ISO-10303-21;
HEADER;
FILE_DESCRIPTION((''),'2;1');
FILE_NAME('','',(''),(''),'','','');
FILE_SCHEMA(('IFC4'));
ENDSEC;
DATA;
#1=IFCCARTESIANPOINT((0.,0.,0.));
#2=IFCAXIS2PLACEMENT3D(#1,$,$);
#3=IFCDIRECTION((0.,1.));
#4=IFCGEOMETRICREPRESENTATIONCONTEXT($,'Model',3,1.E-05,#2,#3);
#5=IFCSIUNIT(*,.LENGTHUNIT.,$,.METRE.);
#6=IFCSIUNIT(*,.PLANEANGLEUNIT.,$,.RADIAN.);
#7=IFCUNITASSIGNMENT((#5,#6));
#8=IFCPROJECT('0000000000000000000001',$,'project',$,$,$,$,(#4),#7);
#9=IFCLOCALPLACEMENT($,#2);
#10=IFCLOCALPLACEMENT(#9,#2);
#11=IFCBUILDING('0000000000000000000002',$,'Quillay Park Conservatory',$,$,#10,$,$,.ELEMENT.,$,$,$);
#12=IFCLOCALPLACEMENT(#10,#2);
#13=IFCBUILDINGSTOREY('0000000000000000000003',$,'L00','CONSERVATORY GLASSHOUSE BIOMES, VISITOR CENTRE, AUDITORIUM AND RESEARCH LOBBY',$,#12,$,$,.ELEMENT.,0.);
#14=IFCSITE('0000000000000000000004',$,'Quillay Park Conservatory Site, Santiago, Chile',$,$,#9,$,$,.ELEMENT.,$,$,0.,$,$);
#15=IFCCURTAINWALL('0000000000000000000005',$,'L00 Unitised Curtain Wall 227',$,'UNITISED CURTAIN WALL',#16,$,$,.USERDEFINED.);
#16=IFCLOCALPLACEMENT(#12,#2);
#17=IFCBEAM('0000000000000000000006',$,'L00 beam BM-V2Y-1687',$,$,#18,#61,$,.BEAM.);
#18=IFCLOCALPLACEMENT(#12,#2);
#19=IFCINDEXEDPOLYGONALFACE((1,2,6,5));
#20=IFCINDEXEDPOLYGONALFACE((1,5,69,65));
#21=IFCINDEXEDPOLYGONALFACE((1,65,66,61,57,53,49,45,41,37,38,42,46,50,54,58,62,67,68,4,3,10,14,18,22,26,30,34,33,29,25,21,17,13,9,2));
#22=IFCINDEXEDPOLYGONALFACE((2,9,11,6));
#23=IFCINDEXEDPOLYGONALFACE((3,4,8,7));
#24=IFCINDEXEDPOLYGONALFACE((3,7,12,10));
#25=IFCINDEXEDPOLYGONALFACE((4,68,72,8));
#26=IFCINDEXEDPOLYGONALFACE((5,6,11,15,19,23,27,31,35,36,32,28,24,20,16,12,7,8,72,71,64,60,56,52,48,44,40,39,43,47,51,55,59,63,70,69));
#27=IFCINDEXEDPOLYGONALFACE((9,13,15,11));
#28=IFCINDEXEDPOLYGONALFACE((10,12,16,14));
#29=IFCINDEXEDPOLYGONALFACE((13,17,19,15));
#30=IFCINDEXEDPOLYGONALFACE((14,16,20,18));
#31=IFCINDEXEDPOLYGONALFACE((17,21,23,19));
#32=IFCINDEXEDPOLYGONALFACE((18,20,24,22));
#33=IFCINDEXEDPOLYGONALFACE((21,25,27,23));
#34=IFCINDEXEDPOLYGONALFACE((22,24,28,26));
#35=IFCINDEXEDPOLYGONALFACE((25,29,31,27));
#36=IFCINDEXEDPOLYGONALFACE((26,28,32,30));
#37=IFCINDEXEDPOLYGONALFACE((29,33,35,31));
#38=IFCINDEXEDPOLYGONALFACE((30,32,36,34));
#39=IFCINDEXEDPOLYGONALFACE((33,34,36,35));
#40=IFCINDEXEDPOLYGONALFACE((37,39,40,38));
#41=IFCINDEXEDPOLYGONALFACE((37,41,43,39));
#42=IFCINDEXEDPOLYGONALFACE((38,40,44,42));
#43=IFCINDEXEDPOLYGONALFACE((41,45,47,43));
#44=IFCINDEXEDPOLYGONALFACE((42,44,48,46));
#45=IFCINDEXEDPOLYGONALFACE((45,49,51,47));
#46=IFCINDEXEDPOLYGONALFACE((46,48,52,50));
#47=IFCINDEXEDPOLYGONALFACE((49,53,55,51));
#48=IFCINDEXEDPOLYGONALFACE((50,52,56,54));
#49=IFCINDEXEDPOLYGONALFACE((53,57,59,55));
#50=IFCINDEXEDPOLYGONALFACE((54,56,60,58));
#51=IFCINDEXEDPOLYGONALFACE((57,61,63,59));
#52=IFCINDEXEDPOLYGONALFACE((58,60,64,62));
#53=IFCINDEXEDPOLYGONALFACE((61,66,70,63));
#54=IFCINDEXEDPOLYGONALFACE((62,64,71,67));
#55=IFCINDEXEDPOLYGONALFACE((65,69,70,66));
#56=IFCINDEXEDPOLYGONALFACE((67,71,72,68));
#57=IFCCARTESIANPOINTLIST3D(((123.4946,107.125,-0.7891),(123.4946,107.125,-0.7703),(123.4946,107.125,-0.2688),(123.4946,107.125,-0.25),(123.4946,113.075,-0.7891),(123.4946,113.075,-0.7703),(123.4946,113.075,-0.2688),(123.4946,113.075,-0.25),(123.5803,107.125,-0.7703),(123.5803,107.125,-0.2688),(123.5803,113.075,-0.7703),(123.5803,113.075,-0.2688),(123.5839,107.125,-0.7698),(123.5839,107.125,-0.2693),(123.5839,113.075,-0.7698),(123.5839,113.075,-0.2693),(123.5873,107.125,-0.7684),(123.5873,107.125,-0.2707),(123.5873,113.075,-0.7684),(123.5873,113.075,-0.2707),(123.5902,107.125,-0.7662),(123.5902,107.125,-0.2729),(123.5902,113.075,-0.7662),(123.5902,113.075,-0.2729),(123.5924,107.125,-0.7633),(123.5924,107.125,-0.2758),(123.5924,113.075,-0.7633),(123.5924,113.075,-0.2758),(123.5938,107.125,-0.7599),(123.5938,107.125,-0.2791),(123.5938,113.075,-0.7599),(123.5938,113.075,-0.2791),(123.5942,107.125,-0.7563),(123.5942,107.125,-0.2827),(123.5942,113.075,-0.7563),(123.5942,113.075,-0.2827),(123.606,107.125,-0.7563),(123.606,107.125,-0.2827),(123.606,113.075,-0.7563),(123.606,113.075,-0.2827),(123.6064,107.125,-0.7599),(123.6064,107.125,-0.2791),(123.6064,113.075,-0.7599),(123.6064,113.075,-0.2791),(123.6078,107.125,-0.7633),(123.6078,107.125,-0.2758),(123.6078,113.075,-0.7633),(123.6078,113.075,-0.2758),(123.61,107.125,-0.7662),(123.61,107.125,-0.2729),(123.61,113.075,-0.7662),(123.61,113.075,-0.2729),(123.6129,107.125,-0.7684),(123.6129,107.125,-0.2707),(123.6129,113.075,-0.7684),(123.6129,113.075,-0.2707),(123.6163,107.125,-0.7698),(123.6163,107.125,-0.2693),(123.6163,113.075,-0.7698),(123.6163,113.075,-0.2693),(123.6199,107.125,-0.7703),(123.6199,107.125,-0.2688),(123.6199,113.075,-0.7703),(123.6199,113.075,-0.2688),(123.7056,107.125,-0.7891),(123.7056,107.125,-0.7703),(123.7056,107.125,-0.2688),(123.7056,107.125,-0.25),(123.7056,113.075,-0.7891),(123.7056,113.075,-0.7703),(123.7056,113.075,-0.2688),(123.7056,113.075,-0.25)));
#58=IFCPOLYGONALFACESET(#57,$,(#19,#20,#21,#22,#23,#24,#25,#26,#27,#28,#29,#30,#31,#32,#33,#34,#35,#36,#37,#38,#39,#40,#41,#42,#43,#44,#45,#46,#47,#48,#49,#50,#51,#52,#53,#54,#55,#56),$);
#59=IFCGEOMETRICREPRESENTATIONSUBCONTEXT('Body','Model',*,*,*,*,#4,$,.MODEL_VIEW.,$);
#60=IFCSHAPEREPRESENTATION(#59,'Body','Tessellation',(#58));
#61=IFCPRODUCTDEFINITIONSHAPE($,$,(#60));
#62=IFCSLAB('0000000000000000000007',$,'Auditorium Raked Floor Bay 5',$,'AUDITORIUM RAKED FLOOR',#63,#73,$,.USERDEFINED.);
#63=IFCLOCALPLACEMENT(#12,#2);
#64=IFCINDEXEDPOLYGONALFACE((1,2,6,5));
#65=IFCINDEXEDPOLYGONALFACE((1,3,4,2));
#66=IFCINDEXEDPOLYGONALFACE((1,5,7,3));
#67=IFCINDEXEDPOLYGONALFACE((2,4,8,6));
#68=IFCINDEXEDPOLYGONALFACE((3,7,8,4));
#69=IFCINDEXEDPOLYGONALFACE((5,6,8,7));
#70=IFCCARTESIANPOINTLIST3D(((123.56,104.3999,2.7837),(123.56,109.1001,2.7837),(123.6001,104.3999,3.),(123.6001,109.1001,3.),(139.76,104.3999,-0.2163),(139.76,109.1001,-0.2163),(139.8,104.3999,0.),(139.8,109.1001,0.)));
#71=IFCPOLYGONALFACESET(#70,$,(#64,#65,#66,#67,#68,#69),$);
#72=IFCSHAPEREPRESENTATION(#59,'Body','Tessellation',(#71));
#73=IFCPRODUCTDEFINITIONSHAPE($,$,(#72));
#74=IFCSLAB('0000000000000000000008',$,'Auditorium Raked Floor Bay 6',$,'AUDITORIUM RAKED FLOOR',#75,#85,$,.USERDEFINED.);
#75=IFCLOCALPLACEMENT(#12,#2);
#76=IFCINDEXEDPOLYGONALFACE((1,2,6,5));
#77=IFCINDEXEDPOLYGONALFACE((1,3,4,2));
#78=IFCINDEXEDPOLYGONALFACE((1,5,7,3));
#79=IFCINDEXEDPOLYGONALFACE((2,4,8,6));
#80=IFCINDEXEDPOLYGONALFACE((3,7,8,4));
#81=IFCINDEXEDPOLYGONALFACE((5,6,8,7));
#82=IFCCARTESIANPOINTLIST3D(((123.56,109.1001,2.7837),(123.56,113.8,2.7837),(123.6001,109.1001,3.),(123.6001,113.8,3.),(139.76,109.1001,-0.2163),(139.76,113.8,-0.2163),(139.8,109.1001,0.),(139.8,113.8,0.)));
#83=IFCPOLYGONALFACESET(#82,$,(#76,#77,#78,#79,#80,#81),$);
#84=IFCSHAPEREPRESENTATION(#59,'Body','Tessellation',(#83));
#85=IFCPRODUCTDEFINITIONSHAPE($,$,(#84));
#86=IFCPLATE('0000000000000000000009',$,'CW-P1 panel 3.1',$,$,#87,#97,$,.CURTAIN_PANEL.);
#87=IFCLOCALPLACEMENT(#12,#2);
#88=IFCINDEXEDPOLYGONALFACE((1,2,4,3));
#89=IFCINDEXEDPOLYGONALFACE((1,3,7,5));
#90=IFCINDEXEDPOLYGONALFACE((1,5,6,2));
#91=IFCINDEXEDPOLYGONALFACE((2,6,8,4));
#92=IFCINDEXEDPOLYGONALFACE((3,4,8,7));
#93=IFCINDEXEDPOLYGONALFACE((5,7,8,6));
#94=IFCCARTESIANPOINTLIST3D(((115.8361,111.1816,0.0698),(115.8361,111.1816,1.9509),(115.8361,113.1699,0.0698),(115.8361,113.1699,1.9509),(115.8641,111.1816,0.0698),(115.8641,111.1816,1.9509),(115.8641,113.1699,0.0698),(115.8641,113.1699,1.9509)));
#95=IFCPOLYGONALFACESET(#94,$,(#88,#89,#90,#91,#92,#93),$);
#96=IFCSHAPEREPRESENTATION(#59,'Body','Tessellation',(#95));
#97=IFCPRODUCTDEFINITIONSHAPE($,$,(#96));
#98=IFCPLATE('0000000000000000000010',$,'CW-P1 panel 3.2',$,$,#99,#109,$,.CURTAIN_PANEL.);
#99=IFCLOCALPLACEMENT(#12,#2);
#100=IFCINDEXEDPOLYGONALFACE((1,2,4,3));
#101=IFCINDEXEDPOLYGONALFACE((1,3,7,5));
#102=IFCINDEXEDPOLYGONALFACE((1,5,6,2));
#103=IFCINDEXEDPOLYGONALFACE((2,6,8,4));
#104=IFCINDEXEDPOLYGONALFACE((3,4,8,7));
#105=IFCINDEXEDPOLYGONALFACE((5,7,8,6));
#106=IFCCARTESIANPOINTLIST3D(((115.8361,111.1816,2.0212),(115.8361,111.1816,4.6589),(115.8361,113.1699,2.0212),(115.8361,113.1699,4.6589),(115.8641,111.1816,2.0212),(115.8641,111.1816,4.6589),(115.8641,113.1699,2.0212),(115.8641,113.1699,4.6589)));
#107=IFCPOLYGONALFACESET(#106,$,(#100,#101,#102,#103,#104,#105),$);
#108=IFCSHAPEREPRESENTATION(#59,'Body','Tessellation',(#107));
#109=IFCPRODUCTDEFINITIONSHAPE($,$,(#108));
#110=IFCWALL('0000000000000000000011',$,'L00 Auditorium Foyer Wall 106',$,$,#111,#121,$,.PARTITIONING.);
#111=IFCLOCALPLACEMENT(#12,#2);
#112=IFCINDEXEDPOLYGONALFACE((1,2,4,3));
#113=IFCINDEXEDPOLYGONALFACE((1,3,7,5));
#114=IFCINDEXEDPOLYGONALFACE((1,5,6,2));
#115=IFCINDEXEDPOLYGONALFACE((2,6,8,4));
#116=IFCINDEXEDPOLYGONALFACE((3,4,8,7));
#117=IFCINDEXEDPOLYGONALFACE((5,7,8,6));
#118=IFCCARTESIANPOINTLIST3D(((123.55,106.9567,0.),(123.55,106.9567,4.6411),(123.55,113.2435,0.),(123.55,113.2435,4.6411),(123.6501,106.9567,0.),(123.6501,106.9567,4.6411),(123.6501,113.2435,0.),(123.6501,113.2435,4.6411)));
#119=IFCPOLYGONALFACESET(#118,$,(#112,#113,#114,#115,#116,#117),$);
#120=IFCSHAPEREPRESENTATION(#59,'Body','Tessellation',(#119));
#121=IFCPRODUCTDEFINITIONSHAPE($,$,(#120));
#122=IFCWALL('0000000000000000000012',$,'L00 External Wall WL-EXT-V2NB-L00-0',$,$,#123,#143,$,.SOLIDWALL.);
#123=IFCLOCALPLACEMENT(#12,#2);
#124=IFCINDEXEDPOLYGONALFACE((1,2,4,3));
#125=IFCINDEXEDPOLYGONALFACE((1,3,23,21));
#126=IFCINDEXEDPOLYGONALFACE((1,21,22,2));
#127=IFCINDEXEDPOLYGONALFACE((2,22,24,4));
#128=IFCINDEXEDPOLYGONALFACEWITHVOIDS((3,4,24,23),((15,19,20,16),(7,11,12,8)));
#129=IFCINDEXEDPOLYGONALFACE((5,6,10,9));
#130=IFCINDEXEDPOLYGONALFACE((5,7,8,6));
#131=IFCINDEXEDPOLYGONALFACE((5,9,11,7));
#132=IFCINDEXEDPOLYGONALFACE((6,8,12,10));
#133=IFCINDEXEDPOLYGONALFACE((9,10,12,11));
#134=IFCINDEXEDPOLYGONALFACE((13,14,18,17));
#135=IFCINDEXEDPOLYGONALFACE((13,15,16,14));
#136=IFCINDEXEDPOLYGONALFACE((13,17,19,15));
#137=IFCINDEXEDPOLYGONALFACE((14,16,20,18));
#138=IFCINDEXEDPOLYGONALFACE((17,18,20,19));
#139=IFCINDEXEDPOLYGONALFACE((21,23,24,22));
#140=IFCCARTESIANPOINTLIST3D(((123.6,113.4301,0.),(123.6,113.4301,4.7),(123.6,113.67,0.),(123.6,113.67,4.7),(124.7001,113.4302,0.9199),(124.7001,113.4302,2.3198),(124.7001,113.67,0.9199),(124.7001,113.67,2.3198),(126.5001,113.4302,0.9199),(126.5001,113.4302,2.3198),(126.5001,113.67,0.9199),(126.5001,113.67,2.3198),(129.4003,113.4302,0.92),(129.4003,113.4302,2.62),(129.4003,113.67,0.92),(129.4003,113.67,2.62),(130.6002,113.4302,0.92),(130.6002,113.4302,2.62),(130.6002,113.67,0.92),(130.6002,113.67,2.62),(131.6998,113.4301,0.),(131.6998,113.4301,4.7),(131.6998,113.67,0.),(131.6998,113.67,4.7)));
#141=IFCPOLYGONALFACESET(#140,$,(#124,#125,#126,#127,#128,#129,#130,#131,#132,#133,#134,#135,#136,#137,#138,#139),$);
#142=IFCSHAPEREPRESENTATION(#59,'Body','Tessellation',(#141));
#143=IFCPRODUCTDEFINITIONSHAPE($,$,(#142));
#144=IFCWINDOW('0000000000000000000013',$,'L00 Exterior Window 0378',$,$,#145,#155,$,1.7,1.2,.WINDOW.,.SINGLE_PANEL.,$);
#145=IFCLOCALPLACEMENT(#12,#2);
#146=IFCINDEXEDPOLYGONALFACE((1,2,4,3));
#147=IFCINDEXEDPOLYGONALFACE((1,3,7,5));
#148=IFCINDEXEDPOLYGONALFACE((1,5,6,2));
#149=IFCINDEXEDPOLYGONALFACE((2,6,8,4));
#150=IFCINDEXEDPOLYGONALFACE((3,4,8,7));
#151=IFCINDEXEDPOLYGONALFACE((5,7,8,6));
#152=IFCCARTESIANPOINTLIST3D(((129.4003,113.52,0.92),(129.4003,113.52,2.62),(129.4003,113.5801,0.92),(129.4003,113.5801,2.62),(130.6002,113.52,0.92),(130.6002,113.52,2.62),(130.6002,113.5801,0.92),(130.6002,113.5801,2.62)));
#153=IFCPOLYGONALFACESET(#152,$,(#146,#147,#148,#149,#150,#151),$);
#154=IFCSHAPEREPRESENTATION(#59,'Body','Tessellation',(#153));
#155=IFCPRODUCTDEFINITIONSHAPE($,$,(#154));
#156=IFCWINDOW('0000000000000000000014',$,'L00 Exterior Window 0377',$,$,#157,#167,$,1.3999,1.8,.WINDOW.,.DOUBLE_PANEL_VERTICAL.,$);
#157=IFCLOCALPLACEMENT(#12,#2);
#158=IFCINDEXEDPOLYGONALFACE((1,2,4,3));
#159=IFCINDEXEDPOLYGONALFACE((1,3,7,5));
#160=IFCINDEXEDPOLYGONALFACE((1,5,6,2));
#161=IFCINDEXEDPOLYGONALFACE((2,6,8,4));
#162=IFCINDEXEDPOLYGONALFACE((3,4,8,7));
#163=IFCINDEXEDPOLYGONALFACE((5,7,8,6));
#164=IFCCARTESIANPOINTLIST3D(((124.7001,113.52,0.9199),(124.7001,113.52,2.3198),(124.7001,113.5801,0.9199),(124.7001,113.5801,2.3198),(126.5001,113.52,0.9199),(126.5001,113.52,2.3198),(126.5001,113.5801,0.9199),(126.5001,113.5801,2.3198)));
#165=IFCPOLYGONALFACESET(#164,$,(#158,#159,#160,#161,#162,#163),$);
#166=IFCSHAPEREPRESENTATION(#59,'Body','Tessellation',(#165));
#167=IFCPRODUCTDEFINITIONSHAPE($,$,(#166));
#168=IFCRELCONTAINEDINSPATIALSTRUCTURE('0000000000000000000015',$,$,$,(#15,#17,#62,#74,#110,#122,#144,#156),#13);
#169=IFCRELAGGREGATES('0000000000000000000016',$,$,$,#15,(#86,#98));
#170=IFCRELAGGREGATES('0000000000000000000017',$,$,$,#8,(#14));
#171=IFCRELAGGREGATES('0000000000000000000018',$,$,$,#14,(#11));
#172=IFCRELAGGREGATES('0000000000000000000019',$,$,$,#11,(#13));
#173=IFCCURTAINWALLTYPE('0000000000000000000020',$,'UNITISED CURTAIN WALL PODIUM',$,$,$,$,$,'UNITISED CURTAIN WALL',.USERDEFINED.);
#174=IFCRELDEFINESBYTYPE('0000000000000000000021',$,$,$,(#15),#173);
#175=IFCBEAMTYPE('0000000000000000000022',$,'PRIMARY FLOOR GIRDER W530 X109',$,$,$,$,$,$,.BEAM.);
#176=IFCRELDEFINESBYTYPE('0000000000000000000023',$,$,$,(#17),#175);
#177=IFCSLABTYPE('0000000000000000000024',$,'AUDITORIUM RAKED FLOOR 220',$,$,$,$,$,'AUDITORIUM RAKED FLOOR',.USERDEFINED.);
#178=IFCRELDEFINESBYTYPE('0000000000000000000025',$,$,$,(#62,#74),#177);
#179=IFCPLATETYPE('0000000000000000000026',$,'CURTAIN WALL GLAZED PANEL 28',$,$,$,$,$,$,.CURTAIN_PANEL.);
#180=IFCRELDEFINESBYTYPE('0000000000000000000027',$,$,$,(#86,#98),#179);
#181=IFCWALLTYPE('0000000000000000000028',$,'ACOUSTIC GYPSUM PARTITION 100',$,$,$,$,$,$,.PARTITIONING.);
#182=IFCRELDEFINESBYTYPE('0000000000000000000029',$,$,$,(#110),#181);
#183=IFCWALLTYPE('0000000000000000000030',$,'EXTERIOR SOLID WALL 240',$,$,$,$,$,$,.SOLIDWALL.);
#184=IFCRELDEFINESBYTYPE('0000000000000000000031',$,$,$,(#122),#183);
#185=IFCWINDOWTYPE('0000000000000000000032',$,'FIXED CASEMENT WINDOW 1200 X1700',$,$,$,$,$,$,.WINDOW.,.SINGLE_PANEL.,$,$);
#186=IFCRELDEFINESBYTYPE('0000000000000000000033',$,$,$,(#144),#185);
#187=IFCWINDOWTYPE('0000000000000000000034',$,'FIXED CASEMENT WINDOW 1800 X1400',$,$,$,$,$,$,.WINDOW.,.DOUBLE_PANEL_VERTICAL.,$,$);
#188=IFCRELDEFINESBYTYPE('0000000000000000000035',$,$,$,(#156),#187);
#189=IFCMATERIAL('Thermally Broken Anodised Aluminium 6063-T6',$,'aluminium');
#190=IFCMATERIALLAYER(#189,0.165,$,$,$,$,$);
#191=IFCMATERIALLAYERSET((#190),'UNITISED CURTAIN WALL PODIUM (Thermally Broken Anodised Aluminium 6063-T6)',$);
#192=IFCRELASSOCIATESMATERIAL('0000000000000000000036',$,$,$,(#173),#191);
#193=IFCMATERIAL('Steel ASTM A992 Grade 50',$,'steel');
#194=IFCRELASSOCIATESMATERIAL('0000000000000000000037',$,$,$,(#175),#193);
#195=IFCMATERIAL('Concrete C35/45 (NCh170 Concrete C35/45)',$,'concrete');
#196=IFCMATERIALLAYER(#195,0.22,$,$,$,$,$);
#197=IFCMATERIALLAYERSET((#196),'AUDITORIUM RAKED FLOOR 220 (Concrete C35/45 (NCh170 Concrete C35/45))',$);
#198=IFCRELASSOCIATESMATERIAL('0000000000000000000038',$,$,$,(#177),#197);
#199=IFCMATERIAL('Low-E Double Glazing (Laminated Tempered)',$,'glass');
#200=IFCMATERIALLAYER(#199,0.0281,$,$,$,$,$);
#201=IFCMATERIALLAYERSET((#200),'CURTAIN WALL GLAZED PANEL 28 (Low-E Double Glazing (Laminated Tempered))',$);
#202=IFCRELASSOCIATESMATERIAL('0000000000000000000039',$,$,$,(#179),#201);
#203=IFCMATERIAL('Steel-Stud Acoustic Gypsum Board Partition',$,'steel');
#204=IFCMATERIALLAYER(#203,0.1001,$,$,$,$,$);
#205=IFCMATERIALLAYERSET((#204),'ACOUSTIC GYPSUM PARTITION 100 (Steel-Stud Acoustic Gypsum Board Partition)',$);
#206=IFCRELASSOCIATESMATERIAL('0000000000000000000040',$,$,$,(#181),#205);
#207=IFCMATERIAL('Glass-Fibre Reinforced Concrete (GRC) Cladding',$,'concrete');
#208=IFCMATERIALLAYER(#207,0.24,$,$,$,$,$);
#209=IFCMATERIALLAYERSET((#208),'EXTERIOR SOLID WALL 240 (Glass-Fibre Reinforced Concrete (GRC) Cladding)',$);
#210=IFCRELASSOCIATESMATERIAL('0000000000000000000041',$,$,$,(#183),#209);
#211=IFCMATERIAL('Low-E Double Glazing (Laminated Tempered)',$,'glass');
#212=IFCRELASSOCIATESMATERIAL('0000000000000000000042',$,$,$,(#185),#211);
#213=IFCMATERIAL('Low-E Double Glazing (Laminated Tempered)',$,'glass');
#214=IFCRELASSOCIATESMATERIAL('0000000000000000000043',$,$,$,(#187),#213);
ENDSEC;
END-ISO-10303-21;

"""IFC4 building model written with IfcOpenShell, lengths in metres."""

from ifc_helpers import new_model, si_unit, direction, frame, frame_2d, origin, origin_2d, place, context, subcontext, project, spatial, polyline, rectangle, i_section, outline, extrude, material, layer, layer_set, material_profile, profile_set, type_object, element, fill, aggregate, save


model = new_model("IFC4")

# Units and contexts
model_context = context("Model", 3, precision=1e-05, world=origin(), true_north=direction((0.0, 1.0)))
body_context = subcontext(model_context, "Body", "Model", "MODEL_VIEW")
ifc_project = project(units=[si_unit("LENGTHUNIT", "METRE"), si_unit("PLANEANGLEUNIT", "RADIAN")], contexts=[model_context])

# Site, building, storey
site_placement = place(None, origin())
site = spatial("IfcSite", under=ifc_project, at=site_placement, Name="Quillay Park Conservatory Site, Santiago, Chile", CompositionType="ELEMENT", RefElevation=0.0)
building_placement = place(site_placement, origin())
building = spatial("IfcBuilding", under=site, at=building_placement, Name="Quillay Park Conservatory", CompositionType="ELEMENT")
storey_placement = place(building_placement, origin())
storey = spatial("IfcBuildingStorey", under=building, at=storey_placement, Name="L00", Description="CONSERVATORY GLASSHOUSE BIOMES, VISITOR CENTRE, AUDITORIUM AND RESEARCH LOBBY", CompositionType="ELEMENT", Elevation=0.0)

# Curtain wall
ifc_material_1 = material(Name="Thermally Broken Anodised Aluminium 6063-T6", Category="aluminium")
ifc_layer_1 = layer(ifc_material_1, 0.165)
ifc_layer_set_1 = layer_set([ifc_layer_1], Name="UNITISED CURTAIN WALL PODIUM (Thermally Broken Anodised Aluminium 6063-T6)")
curtain_wall_type = type_object("IfcCurtainWallType", Name="UNITISED CURTAIN WALL PODIUM", ElementType="UNITISED CURTAIN WALL", PredefinedType="USERDEFINED", material=ifc_layer_set_1)
curtain_wall_placement = place(storey_placement, origin())
curtain_wall = element("IfcCurtainWall", 1, at=curtain_wall_placement, inside=storey, type_object=curtain_wall_type, Name="L00 Unitised Curtain Wall 227", ObjectType="UNITISED CURTAIN WALL", PredefinedType="USERDEFINED")

# Beam
ifc_material_2 = material(Name="Steel ASTM A992 Grade 50", Category="steel")
ifc_material_profile_1 = material_profile(ifc_material_2, i_section(OverallWidth=0.2109, OverallDepth=0.5391, WebThickness=0.0117, FlangeThickness=0.0188, FilletRadius=0.0139, at=origin_2d()), Name="W530x109")
ifc_profile_set_1 = profile_set([ifc_material_profile_1], Name="Steel ASTM A992 Grade 50")
beam_type_1 = type_object("IfcBeamType", Name="PRIMARY FLOOR GIRDER W530 X109", PredefinedType="BEAM", material=ifc_profile_set_1)
beam_1_placement = place(storey_placement, frame((123.6001, 107.125, -0.5195), z_axis=(0.0, 1.0, 0.0), x_axis=(-1.0, 0.0, 0.0)))
element("IfcBeam", 2, at=beam_1_placement, inside=storey, type_object=beam_type_1, Name="L00 beam BM-V2Y-1687", PredefinedType="BEAM", context=body_context, shape_type="SweptSolid", body=[
    extrude(i_section(OverallWidth=0.2109, OverallDepth=0.5391, WebThickness=0.0117, FlangeThickness=0.0188, FilletRadius=0.0139, at=origin_2d()), origin(), (0.0, 0.0, 1.0), 5.95),
])

# Slabs
ifc_material_3 = material(Name="Concrete C35/45 (NCh170 Concrete C35/45)", Category="concrete")
ifc_layer_2 = layer(ifc_material_3, 0.22)
ifc_layer_set_2 = layer_set([ifc_layer_2], Name="AUDITORIUM RAKED FLOOR 220 (Concrete C35/45 (NCh170 Concrete C35/45))")
slab_type = type_object("IfcSlabType", Name="AUDITORIUM RAKED FLOOR 220", ElementType="AUDITORIUM RAKED FLOOR", PredefinedType="USERDEFINED", material=ifc_layer_set_2)
slab_1_placement = place(storey_placement, frame((123.6001, 104.3999, 3.0), z_axis=(0.18209, 0.0, 0.983282), x_axis=(0.983282, 0.0, -0.18209)))
element("IfcSlab", 3, at=slab_1_placement, inside=storey, type_object=slab_type, Name="Auditorium Raked Floor Bay 5", ObjectType="AUDITORIUM RAKED FLOOR", PredefinedType="USERDEFINED", context=body_context, shape_type="SweptSolid", body=[
    extrude(outline(polyline([(0.0, 0.0), (16.4754, 0.0), (16.4754, 4.7002), (0.0, 4.7002), (0.0, 0.0)])), origin(), (0.0, 0.0, -1.0), 0.22),
])
slab_2_placement = place(storey_placement, frame((123.6001, 109.1001, 3.0), z_axis=(0.18209, 0.0, 0.983282), x_axis=(0.983282, 0.0, -0.18209)))
element("IfcSlab", 4, at=slab_2_placement, inside=storey, type_object=slab_type, Name="Auditorium Raked Floor Bay 6", ObjectType="AUDITORIUM RAKED FLOOR", PredefinedType="USERDEFINED", context=body_context, shape_type="SweptSolid", body=[
    extrude(outline(polyline([(0.0, 0.0), (16.4754, 0.0), (16.4754, 4.7), (0.0, 4.7), (0.0, 0.0)])), origin(), (0.0, 0.0, -1.0), 0.22),
])

# Plates
ifc_material_4 = material(Name="Low-E Double Glazing (Laminated Tempered)", Category="glass")
ifc_layer_3 = layer(ifc_material_4, 0.0281)
ifc_layer_set_3 = layer_set([ifc_layer_3], Name="CURTAIN WALL GLAZED PANEL 28 (Low-E Double Glazing (Laminated Tempered))")
plate_type = type_object("IfcPlateType", Name="CURTAIN WALL GLAZED PANEL 28", PredefinedType="CURTAIN_PANEL", material=ifc_layer_set_3)
plate_1_placement = place(storey_placement, frame((115.8501, 112.1758, 0.0698), z_axis=(0.0, 0.0, 1.0), x_axis=(0.0, 1.0, 0.0)))
plate_1 = element("IfcPlate", 5, at=plate_1_placement, type_object=plate_type, Name="CW-P1 panel 3.1", PredefinedType="CURTAIN_PANEL", context=body_context, shape_type="SweptSolid", body=[
    extrude(rectangle(XDim=1.9883, YDim=0.0281, at=origin_2d()), origin(), (0.0, 0.0, 1.0), 1.8811),
])
plate_2_placement = place(storey_placement, frame((115.8501, 112.1758, 2.0212), z_axis=(0.0, 0.0, 1.0), x_axis=(0.0, 1.0, 0.0)))
plate_2 = element("IfcPlate", 6, at=plate_2_placement, type_object=plate_type, Name="CW-P1 panel 3.2", PredefinedType="CURTAIN_PANEL", context=body_context, shape_type="SweptSolid", body=[
    extrude(rectangle(XDim=1.9883, YDim=0.0281, at=origin_2d()), origin(), (0.0, 0.0, 1.0), 2.6377),
])
aggregate(curtain_wall, [plate_1, plate_2])

# Wall
ifc_material_5 = material(Name="Steel-Stud Acoustic Gypsum Board Partition", Category="steel")
ifc_layer_4 = layer(ifc_material_5, 0.1001)
ifc_layer_set_4 = layer_set([ifc_layer_4], Name="ACOUSTIC GYPSUM PARTITION 100 (Steel-Stud Acoustic Gypsum Board Partition)")
wall_type_1 = type_object("IfcWallType", Name="ACOUSTIC GYPSUM PARTITION 100", PredefinedType="PARTITIONING", material=ifc_layer_set_4)
wall_1_placement = place(storey_placement, frame((123.6001, 106.9565, 0.0), z_axis=(0.0, 0.0, 1.0), x_axis=(0.0, 1.0, 0.0)))
element("IfcWall", 7, at=wall_1_placement, inside=storey, type_object=wall_type_1, Name="L00 Auditorium Foyer Wall 106", PredefinedType="PARTITIONING", context=body_context, shape_type="SweptSolid", body=[
    extrude(rectangle(XDim=6.2869, YDim=0.1001, at=frame_2d((3.1436, 0.0))), origin(), (0.0, 0.0, 1.0), 4.6411),
])

# Wall, openings, windows
ifc_material_6 = material(Name="Glass-Fibre Reinforced Concrete (GRC) Cladding", Category="concrete")
ifc_layer_5 = layer(ifc_material_6, 0.24)
ifc_layer_set_5 = layer_set([ifc_layer_5], Name="EXTERIOR SOLID WALL 240 (Glass-Fibre Reinforced Concrete (GRC) Cladding)")
wall_type_2 = type_object("IfcWallType", Name="EXTERIOR SOLID WALL 240", PredefinedType="SOLIDWALL", material=ifc_layer_set_5)
wall_2_placement = place(storey_placement, frame((123.6001, 113.55, 0.0), z_axis=(0.0, 0.0, 1.0), x_axis=(1.0, 0.0, 0.0)))
wall_2 = element("IfcWall", 8, at=wall_2_placement, inside=storey, type_object=wall_type_2, Name="L00 External Wall WL-EXT-V2NB-L00-0", PredefinedType="SOLIDWALL", context=body_context, shape_type="SweptSolid", body=[
    extrude(rectangle(XDim=8.0999, YDim=0.24, at=frame_2d((4.0498, 0.0))), origin(), (0.0, 0.0, 1.0), 4.7),
])
opening_1_placement = place(wall_2_placement, frame((1.1001, 0.0, 0.9199)))
opening_1 = element("IfcOpeningElement", 9, at=opening_1_placement, cuts=wall_2, PredefinedType="OPENING", context=body_context, shape_type="SweptSolid", body=[
    extrude(rectangle(XDim=1.8, YDim=1.3999, at=frame_2d((0.8999, 0.7))), frame((0.0, 0.1201, 0.0), z_axis=(0.0, -1.0, 0.0), x_axis=(1.0, 0.0, 0.0)), (0.0, 0.0, 1.0), 0.24),
])
opening_2_placement = place(wall_2_placement, frame((5.8, 0.0, 0.9199)))
opening_2 = element("IfcOpeningElement", 10, at=opening_2_placement, cuts=wall_2, PredefinedType="OPENING", context=body_context, shape_type="SweptSolid", body=[
    extrude(rectangle(XDim=1.2, YDim=1.7, at=frame_2d((0.6001, 0.8501))), frame((0.0, 0.1201, 0.0), z_axis=(0.0, -1.0, 0.0), x_axis=(1.0, 0.0, 0.0)), (0.0, 0.0, 1.0), 0.24),
])
ifc_material_7 = material(Name="Low-E Double Glazing (Laminated Tempered)", Category="glass")
window_type_1 = type_object("IfcWindowType", Name="FIXED CASEMENT WINDOW 1200 X1700", PartitioningType="SINGLE_PANEL", PredefinedType="WINDOW", material=ifc_material_7)
window_1_placement = place(opening_2_placement, origin())
window_1 = element("IfcWindow", 11, at=window_1_placement, inside=storey, type_object=window_type_1, Name="L00 Exterior Window 0378", OverallHeight=1.7, OverallWidth=1.2, PartitioningType="SINGLE_PANEL", PredefinedType="WINDOW", context=body_context, shape_type="SweptSolid", body=[
    extrude(rectangle(XDim=1.2, YDim=1.7, at=frame_2d((0.6001, 0.8501))), frame((0.0, 0.03, 0.0), z_axis=(0.0, -1.0, 0.0), x_axis=(1.0, 0.0, 0.0)), (0.0, 0.0, 1.0), 0.0601),
])
fill(opening_2, window_1)
ifc_material_8 = material(Name="Low-E Double Glazing (Laminated Tempered)", Category="glass")
window_type_2 = type_object("IfcWindowType", Name="FIXED CASEMENT WINDOW 1800 X1400", PartitioningType="DOUBLE_PANEL_VERTICAL", PredefinedType="WINDOW", material=ifc_material_8)
window_2_placement = place(opening_1_placement, origin())
window_2 = element("IfcWindow", 12, at=window_2_placement, inside=storey, type_object=window_type_2, Name="L00 Exterior Window 0377", OverallHeight=1.3999, OverallWidth=1.8, PartitioningType="DOUBLE_PANEL_VERTICAL", PredefinedType="WINDOW", context=body_context, shape_type="SweptSolid", body=[
    extrude(rectangle(XDim=1.8, YDim=1.3999, at=frame_2d((0.8999, 0.7))), frame((0.0, 0.03, 0.0), z_axis=(0.0, -1.0, 0.0), x_axis=(1.0, 0.0, 0.0)), (0.0, 0.0, 1.0), 0.0601),
])
fill(opening_1, window_2)

save(model, "model.ifc")
